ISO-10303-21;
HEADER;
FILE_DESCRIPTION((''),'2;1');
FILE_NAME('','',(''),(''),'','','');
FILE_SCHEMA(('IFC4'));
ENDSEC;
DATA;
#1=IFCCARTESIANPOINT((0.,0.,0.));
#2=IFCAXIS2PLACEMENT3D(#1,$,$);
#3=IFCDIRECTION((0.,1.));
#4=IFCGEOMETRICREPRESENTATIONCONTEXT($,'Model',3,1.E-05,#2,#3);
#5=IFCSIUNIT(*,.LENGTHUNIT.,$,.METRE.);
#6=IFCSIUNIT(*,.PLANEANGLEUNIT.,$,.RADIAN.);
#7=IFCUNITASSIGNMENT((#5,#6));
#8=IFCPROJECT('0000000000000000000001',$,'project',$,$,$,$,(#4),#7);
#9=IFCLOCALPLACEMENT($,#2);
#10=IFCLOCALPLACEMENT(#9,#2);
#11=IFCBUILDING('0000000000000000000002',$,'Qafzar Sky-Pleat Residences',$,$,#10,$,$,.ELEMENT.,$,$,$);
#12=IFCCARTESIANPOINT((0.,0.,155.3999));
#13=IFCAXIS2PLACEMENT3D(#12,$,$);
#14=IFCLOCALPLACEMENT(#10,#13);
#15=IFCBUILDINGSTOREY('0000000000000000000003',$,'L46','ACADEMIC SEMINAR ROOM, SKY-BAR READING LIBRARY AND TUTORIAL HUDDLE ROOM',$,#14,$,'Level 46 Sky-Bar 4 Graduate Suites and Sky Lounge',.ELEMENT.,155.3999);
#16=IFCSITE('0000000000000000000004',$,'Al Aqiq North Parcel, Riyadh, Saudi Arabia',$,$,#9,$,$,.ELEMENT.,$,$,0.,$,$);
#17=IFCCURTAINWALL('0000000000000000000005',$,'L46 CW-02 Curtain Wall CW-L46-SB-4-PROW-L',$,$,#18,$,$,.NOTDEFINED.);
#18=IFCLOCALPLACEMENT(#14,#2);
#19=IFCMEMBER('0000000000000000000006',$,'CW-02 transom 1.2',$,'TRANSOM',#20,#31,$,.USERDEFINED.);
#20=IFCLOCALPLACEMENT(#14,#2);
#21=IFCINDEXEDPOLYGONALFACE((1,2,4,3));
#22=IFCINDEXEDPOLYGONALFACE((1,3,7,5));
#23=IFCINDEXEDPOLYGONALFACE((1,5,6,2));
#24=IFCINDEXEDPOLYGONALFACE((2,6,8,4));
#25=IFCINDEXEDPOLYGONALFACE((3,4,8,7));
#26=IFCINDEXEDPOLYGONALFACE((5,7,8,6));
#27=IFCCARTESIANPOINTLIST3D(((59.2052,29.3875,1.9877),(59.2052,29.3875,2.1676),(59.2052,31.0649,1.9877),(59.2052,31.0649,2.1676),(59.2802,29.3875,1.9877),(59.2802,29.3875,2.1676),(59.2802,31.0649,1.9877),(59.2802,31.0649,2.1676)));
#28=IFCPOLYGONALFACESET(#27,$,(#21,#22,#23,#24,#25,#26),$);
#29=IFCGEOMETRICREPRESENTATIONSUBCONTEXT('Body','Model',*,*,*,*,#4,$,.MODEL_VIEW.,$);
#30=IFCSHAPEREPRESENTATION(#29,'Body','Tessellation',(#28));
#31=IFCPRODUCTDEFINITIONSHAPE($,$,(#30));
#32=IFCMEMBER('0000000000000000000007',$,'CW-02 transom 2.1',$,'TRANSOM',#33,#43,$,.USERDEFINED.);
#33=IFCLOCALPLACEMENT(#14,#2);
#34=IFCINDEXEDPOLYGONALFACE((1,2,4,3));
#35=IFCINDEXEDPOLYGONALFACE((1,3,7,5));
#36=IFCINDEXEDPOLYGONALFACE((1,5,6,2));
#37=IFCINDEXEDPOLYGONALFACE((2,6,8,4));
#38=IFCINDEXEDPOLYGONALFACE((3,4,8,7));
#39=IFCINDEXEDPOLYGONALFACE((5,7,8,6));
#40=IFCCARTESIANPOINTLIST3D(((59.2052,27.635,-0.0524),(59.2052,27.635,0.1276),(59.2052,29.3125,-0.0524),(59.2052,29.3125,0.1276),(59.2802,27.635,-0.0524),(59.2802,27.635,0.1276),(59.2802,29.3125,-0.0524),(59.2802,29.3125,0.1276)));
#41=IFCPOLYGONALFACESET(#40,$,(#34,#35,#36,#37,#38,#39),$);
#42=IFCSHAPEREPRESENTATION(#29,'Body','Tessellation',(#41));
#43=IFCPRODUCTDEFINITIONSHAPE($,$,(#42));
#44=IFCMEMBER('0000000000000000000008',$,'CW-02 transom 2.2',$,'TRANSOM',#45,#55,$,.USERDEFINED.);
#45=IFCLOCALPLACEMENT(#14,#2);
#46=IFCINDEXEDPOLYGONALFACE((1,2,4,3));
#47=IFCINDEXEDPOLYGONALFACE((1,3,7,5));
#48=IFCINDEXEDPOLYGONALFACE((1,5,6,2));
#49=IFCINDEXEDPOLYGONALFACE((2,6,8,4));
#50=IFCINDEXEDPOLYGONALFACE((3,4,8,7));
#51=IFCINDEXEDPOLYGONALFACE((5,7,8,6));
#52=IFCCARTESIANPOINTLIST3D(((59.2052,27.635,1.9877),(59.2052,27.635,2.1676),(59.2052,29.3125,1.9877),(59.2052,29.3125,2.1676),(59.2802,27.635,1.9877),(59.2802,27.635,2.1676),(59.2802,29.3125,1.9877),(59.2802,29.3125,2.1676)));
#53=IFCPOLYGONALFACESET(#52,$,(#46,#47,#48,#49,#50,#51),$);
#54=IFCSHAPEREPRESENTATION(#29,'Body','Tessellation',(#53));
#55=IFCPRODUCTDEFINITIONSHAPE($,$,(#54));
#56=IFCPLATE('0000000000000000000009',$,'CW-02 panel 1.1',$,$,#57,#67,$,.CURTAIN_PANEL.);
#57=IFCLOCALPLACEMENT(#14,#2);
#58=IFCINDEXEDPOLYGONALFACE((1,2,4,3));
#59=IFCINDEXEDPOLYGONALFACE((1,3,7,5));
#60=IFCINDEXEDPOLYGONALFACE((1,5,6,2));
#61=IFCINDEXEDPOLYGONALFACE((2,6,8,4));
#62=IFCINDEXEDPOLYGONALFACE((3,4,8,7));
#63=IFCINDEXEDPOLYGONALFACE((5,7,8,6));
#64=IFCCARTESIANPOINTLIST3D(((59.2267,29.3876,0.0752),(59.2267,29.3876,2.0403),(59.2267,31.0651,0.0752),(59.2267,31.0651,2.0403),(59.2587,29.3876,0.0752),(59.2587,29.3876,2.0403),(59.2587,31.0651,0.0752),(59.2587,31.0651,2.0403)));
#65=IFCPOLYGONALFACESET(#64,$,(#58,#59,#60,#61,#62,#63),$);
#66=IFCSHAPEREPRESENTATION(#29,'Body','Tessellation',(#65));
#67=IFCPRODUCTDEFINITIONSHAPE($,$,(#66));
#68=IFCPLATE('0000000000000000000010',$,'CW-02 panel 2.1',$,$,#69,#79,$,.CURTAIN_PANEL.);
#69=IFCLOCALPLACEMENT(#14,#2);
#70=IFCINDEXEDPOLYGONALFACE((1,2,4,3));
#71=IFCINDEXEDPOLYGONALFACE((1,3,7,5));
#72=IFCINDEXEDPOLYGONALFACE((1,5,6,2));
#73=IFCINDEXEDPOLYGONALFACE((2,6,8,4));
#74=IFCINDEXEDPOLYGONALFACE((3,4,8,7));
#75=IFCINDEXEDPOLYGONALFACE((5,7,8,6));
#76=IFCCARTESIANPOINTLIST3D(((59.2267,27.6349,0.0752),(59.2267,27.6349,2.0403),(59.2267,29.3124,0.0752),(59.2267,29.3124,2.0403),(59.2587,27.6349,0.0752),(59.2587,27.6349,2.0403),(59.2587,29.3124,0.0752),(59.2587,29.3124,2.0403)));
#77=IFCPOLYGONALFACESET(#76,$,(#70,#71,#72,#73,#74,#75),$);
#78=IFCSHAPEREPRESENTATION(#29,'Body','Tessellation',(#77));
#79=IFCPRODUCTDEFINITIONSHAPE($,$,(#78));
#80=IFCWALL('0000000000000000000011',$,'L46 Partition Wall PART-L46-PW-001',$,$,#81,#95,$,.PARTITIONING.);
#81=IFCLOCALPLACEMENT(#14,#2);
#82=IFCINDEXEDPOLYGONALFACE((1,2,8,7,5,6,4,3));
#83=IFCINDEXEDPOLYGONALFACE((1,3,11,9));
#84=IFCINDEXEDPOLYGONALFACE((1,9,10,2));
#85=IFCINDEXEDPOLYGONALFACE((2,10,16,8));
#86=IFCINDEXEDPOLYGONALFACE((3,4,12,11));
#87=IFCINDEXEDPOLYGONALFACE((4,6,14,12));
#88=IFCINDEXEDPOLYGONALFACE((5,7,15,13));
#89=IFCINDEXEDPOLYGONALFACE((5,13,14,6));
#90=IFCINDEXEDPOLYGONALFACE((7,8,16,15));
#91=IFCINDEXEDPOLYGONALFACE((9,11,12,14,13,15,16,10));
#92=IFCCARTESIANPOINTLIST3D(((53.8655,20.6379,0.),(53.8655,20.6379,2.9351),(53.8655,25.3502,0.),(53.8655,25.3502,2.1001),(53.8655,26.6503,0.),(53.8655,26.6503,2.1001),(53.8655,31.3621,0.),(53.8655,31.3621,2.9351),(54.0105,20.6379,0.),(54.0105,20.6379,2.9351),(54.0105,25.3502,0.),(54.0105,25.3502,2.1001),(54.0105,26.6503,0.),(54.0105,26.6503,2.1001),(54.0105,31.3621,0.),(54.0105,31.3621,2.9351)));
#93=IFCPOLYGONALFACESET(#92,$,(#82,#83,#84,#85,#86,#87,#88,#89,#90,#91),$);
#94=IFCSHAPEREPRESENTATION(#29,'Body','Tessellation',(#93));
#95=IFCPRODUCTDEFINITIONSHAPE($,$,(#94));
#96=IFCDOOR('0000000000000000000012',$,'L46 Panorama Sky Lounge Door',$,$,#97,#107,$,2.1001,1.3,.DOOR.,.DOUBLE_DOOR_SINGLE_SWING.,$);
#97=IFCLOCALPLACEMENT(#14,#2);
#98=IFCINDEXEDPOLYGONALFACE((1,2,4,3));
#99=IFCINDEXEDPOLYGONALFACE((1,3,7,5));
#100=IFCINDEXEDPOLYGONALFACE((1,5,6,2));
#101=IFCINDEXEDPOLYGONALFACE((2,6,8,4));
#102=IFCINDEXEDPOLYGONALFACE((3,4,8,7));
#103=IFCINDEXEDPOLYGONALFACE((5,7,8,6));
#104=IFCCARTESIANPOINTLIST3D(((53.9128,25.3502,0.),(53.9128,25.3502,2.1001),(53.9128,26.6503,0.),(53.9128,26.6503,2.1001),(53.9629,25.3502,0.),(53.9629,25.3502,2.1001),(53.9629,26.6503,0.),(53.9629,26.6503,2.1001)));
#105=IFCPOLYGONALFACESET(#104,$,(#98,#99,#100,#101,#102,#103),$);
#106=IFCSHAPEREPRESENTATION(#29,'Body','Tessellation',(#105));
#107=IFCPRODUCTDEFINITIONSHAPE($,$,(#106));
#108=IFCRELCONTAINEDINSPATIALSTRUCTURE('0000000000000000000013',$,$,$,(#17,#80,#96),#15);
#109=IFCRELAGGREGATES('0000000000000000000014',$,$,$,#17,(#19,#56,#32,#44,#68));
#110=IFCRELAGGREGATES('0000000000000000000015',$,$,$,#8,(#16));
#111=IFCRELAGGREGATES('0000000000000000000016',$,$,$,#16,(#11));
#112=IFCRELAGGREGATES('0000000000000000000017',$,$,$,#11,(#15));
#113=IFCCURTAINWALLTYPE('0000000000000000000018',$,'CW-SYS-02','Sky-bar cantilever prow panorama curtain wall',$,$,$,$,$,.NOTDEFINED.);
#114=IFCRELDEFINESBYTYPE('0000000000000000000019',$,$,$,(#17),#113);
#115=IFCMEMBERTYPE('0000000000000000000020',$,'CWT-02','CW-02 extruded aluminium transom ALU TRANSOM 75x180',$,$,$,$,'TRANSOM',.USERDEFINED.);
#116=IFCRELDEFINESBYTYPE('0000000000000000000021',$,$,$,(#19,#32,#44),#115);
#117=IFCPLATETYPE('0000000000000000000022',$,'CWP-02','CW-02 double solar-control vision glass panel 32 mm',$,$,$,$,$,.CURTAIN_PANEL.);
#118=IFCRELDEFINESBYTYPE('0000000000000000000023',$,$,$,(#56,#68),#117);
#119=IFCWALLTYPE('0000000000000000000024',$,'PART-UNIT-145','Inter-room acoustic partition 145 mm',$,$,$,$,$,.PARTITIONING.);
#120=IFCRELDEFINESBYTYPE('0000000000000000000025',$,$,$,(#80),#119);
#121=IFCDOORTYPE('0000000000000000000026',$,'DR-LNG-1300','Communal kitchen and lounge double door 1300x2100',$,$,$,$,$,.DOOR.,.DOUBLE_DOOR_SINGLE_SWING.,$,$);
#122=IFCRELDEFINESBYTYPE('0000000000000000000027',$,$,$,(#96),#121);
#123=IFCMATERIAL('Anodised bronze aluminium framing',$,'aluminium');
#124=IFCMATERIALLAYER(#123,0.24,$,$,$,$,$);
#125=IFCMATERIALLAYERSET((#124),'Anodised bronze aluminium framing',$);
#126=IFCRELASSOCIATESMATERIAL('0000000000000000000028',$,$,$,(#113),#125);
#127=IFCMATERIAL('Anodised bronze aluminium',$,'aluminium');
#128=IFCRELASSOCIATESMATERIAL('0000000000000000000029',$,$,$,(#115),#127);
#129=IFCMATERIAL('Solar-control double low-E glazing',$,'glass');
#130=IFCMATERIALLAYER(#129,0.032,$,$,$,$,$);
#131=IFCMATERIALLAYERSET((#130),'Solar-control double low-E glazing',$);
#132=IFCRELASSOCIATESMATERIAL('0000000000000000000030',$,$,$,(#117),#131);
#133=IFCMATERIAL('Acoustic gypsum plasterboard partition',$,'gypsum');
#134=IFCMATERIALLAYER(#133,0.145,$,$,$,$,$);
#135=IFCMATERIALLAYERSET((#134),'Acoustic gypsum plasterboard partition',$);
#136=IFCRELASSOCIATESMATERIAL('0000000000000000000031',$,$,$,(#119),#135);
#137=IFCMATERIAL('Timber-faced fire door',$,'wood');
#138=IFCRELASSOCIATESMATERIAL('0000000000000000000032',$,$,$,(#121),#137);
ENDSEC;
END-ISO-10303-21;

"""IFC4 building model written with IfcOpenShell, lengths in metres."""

from ifc_helpers import new_model, si_unit, direction, frame, frame_2d, origin, origin_2d, place, context, subcontext, project, spatial, rectangle, extrude, source, transform, mapped, material, layer, layer_set, material_profile, profile_set, type_object, element, fill, aggregate, save


model = new_model("IFC4")

# Units and contexts
model_context = context("Model", 3, precision=1e-05, world=origin(), true_north=direction((0.0, 1.0)))
body_context = subcontext(model_context, "Body", "Model", "MODEL_VIEW")
ifc_project = project(units=[si_unit("LENGTHUNIT", "METRE"), si_unit("PLANEANGLEUNIT", "RADIAN")], contexts=[model_context])

# Site, building, storey
site_placement = place(None, origin())
site = spatial("IfcSite", under=ifc_project, at=site_placement, Name="Al Aqiq North Parcel, Riyadh, Saudi Arabia", CompositionType="ELEMENT", RefElevation=0.0)
building_placement = place(site_placement, origin())
building = spatial("IfcBuilding", under=site, at=building_placement, Name="Qafzar Sky-Pleat Residences", CompositionType="ELEMENT")
storey_placement = place(building_placement, frame((0.0, 0.0, 155.3999)))
storey = spatial("IfcBuildingStorey", under=building, at=storey_placement, Name="L46", Description="ACADEMIC SEMINAR ROOM, SKY-BAR READING LIBRARY AND TUTORIAL HUDDLE ROOM", LongName="Level 46 Sky-Bar 4 Graduate Suites and Sky Lounge", CompositionType="ELEMENT", Elevation=155.3999)

# Curtain wall, members, plates
ifc_material_1 = material(Name="Anodised bronze aluminium framing", Category="aluminium")
ifc_layer_1 = layer(ifc_material_1, 0.24)
ifc_layer_set_1 = layer_set([ifc_layer_1], Name="Anodised bronze aluminium framing")
curtain_wall_type = type_object("IfcCurtainWallType", Name="CW-SYS-02", Description="Sky-bar cantilever prow panorama curtain wall", PredefinedType="NOTDEFINED", material=ifc_layer_set_1)
curtain_wall_placement = place(storey_placement, origin())
curtain_wall = element("IfcCurtainWall", 1, at=curtain_wall_placement, inside=storey, type_object=curtain_wall_type, Name="L46 CW-02 Curtain Wall CW-L46-SB-4-PROW-L", PredefinedType="NOTDEFINED")
ifc_material_2 = material(Name="Anodised bronze aluminium", Category="aluminium")
ifc_material_profile_1 = material_profile(ifc_material_2, rectangle(XDim=0.075, YDim=0.1799, at=origin_2d()), Name="ALU TRANSOM 75x180")
ifc_profile_set_1 = profile_set([ifc_material_profile_1], Name="Anodised bronze aluminium")
member_type_1 = type_object("IfcMemberType", Name="CWT-02", Description="CW-02 extruded aluminium transom ALU TRANSOM 75x180", ElementType="TRANSOM", PredefinedType="USERDEFINED", material=ifc_profile_set_1)
shared_shape_1 = source(origin(), body_context, "Body", "SweptSolid", [
    extrude(rectangle(XDim=0.075, YDim=0.1799, at=origin_2d()), origin(), (0.0, 0.0, 1.0), 1.6775),
])
member_1_placement = place(storey_placement, frame((59.2427, 31.0649, 2.0776), z_axis=(0.0, -1.0, 0.0), x_axis=(1.0, 0.0, 0.0)))
member_1 = element("IfcMember", 2, at=member_1_placement, type_object=member_type_1, Name="CW-02 transom 1.2", ObjectType="TRANSOM", PredefinedType="USERDEFINED", context=body_context, shape_type="MappedRepresentation", body=[
    mapped(shared_shape_1, transform((0.0, 0.0, 0.0), x_axis=(1.0, 0.0, 0.0), y_axis=(0.0, 1.0, 0.0), z_axis=(0.0, 0.0, 1.0), scale=1.0)),
])
member_2_placement = place(storey_placement, frame((59.2427, 29.3125, 0.0376), z_axis=(0.0, -1.0, 0.0), x_axis=(1.0, 0.0, 0.0)))
member_2 = element("IfcMember", 3, at=member_2_placement, type_object=member_type_1, Name="CW-02 transom 2.1", ObjectType="TRANSOM", PredefinedType="USERDEFINED", context=body_context, shape_type="MappedRepresentation", body=[
    mapped(shared_shape_1, transform((0.0, 0.0, 0.0), x_axis=(1.0, 0.0, 0.0), y_axis=(0.0, 1.0, 0.0), z_axis=(0.0, 0.0, 1.0), scale=1.0)),
])
member_3_placement = place(storey_placement, frame((59.2427, 29.3125, 2.0776), z_axis=(0.0, -1.0, 0.0), x_axis=(1.0, 0.0, 0.0)))
member_3 = element("IfcMember", 4, at=member_3_placement, type_object=member_type_1, Name="CW-02 transom 2.2", ObjectType="TRANSOM", PredefinedType="USERDEFINED", context=body_context, shape_type="MappedRepresentation", body=[
    mapped(shared_shape_1, transform((0.0, 0.0, 0.0), x_axis=(1.0, 0.0, 0.0), y_axis=(0.0, 1.0, 0.0), z_axis=(0.0, 0.0, 1.0), scale=1.0)),
])
ifc_material_3 = material(Name="Solar-control double low-E glazing", Category="glass")
ifc_layer_2 = layer(ifc_material_3, 0.032)
ifc_layer_set_2 = layer_set([ifc_layer_2], Name="Solar-control double low-E glazing")
plate_type = type_object("IfcPlateType", Name="CWP-02", Description="CW-02 double solar-control vision glass panel 32 mm", PredefinedType="CURTAIN_PANEL", material=ifc_layer_set_2)
shared_shape_2 = source(origin(), body_context, "Body", "SweptSolid", [
    extrude(rectangle(XDim=1.6775, YDim=0.032, at=origin_2d()), origin(), (0.0, 0.0, 1.0), 1.9651),
])
plate_1_placement = place(storey_placement, frame((59.2427, 30.2263, 0.0752), z_axis=(0.0, 0.0, 1.0), x_axis=(0.0, -1.0, 0.0)))
plate_1 = element("IfcPlate", 5, at=plate_1_placement, type_object=plate_type, Name="CW-02 panel 1.1", PredefinedType="CURTAIN_PANEL", context=body_context, shape_type="MappedRepresentation", body=[
    mapped(shared_shape_2, transform((0.0, 0.0, 0.0), x_axis=(1.0, 0.0, 0.0), y_axis=(0.0, 1.0, 0.0), z_axis=(0.0, 0.0, 1.0), scale=1.0)),
])
plate_2_placement = place(storey_placement, frame((59.2427, 28.4736, 0.0752), z_axis=(0.0, 0.0, 1.0), x_axis=(0.0, -1.0, 0.0)))
plate_2 = element("IfcPlate", 6, at=plate_2_placement, type_object=plate_type, Name="CW-02 panel 2.1", PredefinedType="CURTAIN_PANEL", context=body_context, shape_type="MappedRepresentation", body=[
    mapped(shared_shape_2, transform((0.0, 0.0, 0.0), x_axis=(1.0, 0.0, 0.0), y_axis=(0.0, 1.0, 0.0), z_axis=(0.0, 0.0, 1.0), scale=1.0)),
])
aggregate(curtain_wall, [member_1, plate_1, member_2, member_3, plate_2])

# Wall, opening, door
ifc_material_4 = material(Name="Acoustic gypsum plasterboard partition", Category="gypsum")
ifc_layer_3 = layer(ifc_material_4, 0.145)
ifc_layer_set_3 = layer_set([ifc_layer_3], Name="Acoustic gypsum plasterboard partition")
wall_type = type_object("IfcWallType", Name="PART-UNIT-145", Description="Inter-room acoustic partition 145 mm", PredefinedType="PARTITIONING", material=ifc_layer_set_3)
wall_placement = place(storey_placement, frame((53.938, 31.3621, 0.0), z_axis=(0.0, 0.0, 1.0), x_axis=(0.0, -1.0, 0.0)))
wall = element("IfcWall", 7, at=wall_placement, inside=storey, type_object=wall_type, Name="L46 Partition Wall PART-L46-PW-001", PredefinedType="PARTITIONING", context=body_context, shape_type="SweptSolid", body=[
    extrude(rectangle(XDim=10.7241, YDim=0.145, at=frame_2d((5.3621, 0.0))), origin(), (0.0, 0.0, 1.0), 2.9351),
])
opening_placement = place(wall_placement, frame((4.7119, 0.0, 0.0)))
opening = element("IfcOpeningElement", 8, at=opening_placement, cuts=wall, PredefinedType="OPENING", context=body_context, shape_type="SweptSolid", body=[
    extrude(rectangle(XDim=1.3, YDim=2.1001, at=frame_2d((0.6499, 1.05))), frame((0.0, 0.0825, 0.0), z_axis=(0.0, -1.0, 0.0), x_axis=(1.0, 0.0, 0.0)), (0.0, 0.0, 1.0), 0.165),
])
ifc_material_5 = material(Name="Timber-faced fire door", Category="wood")
door_type = type_object("IfcDoorType", Name="DR-LNG-1300", Description="Communal kitchen and lounge double door 1300x2100", OperationType="DOUBLE_DOOR_SINGLE_SWING", PredefinedType="DOOR", material=ifc_material_5)
shared_shape_3 = source(origin(), body_context, "Body", "SweptSolid", [
    extrude(rectangle(XDim=1.3, YDim=2.1001, at=frame_2d((0.6499, 1.05))), frame((0.0, 0.0249, 0.0), z_axis=(0.0, -1.0, 0.0), x_axis=(1.0, 0.0, 0.0)), (0.0, 0.0, 1.0), 0.05),
])
door_placement = place(opening_placement, origin())
door = element("IfcDoor", 9, at=door_placement, inside=storey, type_object=door_type, Name="L46 Panorama Sky Lounge Door", OperationType="DOUBLE_DOOR_SINGLE_SWING", OverallHeight=2.1001, OverallWidth=1.3, PredefinedType="DOOR", context=body_context, shape_type="MappedRepresentation", body=[
    mapped(shared_shape_3, transform((0.0, 0.0, 0.0), x_axis=(1.0, 0.0, 0.0), y_axis=(0.0, 1.0, 0.0), z_axis=(0.0, 0.0, 1.0), scale=1.0)),
])
fill(opening, door)

save(model, "model.ifc")
